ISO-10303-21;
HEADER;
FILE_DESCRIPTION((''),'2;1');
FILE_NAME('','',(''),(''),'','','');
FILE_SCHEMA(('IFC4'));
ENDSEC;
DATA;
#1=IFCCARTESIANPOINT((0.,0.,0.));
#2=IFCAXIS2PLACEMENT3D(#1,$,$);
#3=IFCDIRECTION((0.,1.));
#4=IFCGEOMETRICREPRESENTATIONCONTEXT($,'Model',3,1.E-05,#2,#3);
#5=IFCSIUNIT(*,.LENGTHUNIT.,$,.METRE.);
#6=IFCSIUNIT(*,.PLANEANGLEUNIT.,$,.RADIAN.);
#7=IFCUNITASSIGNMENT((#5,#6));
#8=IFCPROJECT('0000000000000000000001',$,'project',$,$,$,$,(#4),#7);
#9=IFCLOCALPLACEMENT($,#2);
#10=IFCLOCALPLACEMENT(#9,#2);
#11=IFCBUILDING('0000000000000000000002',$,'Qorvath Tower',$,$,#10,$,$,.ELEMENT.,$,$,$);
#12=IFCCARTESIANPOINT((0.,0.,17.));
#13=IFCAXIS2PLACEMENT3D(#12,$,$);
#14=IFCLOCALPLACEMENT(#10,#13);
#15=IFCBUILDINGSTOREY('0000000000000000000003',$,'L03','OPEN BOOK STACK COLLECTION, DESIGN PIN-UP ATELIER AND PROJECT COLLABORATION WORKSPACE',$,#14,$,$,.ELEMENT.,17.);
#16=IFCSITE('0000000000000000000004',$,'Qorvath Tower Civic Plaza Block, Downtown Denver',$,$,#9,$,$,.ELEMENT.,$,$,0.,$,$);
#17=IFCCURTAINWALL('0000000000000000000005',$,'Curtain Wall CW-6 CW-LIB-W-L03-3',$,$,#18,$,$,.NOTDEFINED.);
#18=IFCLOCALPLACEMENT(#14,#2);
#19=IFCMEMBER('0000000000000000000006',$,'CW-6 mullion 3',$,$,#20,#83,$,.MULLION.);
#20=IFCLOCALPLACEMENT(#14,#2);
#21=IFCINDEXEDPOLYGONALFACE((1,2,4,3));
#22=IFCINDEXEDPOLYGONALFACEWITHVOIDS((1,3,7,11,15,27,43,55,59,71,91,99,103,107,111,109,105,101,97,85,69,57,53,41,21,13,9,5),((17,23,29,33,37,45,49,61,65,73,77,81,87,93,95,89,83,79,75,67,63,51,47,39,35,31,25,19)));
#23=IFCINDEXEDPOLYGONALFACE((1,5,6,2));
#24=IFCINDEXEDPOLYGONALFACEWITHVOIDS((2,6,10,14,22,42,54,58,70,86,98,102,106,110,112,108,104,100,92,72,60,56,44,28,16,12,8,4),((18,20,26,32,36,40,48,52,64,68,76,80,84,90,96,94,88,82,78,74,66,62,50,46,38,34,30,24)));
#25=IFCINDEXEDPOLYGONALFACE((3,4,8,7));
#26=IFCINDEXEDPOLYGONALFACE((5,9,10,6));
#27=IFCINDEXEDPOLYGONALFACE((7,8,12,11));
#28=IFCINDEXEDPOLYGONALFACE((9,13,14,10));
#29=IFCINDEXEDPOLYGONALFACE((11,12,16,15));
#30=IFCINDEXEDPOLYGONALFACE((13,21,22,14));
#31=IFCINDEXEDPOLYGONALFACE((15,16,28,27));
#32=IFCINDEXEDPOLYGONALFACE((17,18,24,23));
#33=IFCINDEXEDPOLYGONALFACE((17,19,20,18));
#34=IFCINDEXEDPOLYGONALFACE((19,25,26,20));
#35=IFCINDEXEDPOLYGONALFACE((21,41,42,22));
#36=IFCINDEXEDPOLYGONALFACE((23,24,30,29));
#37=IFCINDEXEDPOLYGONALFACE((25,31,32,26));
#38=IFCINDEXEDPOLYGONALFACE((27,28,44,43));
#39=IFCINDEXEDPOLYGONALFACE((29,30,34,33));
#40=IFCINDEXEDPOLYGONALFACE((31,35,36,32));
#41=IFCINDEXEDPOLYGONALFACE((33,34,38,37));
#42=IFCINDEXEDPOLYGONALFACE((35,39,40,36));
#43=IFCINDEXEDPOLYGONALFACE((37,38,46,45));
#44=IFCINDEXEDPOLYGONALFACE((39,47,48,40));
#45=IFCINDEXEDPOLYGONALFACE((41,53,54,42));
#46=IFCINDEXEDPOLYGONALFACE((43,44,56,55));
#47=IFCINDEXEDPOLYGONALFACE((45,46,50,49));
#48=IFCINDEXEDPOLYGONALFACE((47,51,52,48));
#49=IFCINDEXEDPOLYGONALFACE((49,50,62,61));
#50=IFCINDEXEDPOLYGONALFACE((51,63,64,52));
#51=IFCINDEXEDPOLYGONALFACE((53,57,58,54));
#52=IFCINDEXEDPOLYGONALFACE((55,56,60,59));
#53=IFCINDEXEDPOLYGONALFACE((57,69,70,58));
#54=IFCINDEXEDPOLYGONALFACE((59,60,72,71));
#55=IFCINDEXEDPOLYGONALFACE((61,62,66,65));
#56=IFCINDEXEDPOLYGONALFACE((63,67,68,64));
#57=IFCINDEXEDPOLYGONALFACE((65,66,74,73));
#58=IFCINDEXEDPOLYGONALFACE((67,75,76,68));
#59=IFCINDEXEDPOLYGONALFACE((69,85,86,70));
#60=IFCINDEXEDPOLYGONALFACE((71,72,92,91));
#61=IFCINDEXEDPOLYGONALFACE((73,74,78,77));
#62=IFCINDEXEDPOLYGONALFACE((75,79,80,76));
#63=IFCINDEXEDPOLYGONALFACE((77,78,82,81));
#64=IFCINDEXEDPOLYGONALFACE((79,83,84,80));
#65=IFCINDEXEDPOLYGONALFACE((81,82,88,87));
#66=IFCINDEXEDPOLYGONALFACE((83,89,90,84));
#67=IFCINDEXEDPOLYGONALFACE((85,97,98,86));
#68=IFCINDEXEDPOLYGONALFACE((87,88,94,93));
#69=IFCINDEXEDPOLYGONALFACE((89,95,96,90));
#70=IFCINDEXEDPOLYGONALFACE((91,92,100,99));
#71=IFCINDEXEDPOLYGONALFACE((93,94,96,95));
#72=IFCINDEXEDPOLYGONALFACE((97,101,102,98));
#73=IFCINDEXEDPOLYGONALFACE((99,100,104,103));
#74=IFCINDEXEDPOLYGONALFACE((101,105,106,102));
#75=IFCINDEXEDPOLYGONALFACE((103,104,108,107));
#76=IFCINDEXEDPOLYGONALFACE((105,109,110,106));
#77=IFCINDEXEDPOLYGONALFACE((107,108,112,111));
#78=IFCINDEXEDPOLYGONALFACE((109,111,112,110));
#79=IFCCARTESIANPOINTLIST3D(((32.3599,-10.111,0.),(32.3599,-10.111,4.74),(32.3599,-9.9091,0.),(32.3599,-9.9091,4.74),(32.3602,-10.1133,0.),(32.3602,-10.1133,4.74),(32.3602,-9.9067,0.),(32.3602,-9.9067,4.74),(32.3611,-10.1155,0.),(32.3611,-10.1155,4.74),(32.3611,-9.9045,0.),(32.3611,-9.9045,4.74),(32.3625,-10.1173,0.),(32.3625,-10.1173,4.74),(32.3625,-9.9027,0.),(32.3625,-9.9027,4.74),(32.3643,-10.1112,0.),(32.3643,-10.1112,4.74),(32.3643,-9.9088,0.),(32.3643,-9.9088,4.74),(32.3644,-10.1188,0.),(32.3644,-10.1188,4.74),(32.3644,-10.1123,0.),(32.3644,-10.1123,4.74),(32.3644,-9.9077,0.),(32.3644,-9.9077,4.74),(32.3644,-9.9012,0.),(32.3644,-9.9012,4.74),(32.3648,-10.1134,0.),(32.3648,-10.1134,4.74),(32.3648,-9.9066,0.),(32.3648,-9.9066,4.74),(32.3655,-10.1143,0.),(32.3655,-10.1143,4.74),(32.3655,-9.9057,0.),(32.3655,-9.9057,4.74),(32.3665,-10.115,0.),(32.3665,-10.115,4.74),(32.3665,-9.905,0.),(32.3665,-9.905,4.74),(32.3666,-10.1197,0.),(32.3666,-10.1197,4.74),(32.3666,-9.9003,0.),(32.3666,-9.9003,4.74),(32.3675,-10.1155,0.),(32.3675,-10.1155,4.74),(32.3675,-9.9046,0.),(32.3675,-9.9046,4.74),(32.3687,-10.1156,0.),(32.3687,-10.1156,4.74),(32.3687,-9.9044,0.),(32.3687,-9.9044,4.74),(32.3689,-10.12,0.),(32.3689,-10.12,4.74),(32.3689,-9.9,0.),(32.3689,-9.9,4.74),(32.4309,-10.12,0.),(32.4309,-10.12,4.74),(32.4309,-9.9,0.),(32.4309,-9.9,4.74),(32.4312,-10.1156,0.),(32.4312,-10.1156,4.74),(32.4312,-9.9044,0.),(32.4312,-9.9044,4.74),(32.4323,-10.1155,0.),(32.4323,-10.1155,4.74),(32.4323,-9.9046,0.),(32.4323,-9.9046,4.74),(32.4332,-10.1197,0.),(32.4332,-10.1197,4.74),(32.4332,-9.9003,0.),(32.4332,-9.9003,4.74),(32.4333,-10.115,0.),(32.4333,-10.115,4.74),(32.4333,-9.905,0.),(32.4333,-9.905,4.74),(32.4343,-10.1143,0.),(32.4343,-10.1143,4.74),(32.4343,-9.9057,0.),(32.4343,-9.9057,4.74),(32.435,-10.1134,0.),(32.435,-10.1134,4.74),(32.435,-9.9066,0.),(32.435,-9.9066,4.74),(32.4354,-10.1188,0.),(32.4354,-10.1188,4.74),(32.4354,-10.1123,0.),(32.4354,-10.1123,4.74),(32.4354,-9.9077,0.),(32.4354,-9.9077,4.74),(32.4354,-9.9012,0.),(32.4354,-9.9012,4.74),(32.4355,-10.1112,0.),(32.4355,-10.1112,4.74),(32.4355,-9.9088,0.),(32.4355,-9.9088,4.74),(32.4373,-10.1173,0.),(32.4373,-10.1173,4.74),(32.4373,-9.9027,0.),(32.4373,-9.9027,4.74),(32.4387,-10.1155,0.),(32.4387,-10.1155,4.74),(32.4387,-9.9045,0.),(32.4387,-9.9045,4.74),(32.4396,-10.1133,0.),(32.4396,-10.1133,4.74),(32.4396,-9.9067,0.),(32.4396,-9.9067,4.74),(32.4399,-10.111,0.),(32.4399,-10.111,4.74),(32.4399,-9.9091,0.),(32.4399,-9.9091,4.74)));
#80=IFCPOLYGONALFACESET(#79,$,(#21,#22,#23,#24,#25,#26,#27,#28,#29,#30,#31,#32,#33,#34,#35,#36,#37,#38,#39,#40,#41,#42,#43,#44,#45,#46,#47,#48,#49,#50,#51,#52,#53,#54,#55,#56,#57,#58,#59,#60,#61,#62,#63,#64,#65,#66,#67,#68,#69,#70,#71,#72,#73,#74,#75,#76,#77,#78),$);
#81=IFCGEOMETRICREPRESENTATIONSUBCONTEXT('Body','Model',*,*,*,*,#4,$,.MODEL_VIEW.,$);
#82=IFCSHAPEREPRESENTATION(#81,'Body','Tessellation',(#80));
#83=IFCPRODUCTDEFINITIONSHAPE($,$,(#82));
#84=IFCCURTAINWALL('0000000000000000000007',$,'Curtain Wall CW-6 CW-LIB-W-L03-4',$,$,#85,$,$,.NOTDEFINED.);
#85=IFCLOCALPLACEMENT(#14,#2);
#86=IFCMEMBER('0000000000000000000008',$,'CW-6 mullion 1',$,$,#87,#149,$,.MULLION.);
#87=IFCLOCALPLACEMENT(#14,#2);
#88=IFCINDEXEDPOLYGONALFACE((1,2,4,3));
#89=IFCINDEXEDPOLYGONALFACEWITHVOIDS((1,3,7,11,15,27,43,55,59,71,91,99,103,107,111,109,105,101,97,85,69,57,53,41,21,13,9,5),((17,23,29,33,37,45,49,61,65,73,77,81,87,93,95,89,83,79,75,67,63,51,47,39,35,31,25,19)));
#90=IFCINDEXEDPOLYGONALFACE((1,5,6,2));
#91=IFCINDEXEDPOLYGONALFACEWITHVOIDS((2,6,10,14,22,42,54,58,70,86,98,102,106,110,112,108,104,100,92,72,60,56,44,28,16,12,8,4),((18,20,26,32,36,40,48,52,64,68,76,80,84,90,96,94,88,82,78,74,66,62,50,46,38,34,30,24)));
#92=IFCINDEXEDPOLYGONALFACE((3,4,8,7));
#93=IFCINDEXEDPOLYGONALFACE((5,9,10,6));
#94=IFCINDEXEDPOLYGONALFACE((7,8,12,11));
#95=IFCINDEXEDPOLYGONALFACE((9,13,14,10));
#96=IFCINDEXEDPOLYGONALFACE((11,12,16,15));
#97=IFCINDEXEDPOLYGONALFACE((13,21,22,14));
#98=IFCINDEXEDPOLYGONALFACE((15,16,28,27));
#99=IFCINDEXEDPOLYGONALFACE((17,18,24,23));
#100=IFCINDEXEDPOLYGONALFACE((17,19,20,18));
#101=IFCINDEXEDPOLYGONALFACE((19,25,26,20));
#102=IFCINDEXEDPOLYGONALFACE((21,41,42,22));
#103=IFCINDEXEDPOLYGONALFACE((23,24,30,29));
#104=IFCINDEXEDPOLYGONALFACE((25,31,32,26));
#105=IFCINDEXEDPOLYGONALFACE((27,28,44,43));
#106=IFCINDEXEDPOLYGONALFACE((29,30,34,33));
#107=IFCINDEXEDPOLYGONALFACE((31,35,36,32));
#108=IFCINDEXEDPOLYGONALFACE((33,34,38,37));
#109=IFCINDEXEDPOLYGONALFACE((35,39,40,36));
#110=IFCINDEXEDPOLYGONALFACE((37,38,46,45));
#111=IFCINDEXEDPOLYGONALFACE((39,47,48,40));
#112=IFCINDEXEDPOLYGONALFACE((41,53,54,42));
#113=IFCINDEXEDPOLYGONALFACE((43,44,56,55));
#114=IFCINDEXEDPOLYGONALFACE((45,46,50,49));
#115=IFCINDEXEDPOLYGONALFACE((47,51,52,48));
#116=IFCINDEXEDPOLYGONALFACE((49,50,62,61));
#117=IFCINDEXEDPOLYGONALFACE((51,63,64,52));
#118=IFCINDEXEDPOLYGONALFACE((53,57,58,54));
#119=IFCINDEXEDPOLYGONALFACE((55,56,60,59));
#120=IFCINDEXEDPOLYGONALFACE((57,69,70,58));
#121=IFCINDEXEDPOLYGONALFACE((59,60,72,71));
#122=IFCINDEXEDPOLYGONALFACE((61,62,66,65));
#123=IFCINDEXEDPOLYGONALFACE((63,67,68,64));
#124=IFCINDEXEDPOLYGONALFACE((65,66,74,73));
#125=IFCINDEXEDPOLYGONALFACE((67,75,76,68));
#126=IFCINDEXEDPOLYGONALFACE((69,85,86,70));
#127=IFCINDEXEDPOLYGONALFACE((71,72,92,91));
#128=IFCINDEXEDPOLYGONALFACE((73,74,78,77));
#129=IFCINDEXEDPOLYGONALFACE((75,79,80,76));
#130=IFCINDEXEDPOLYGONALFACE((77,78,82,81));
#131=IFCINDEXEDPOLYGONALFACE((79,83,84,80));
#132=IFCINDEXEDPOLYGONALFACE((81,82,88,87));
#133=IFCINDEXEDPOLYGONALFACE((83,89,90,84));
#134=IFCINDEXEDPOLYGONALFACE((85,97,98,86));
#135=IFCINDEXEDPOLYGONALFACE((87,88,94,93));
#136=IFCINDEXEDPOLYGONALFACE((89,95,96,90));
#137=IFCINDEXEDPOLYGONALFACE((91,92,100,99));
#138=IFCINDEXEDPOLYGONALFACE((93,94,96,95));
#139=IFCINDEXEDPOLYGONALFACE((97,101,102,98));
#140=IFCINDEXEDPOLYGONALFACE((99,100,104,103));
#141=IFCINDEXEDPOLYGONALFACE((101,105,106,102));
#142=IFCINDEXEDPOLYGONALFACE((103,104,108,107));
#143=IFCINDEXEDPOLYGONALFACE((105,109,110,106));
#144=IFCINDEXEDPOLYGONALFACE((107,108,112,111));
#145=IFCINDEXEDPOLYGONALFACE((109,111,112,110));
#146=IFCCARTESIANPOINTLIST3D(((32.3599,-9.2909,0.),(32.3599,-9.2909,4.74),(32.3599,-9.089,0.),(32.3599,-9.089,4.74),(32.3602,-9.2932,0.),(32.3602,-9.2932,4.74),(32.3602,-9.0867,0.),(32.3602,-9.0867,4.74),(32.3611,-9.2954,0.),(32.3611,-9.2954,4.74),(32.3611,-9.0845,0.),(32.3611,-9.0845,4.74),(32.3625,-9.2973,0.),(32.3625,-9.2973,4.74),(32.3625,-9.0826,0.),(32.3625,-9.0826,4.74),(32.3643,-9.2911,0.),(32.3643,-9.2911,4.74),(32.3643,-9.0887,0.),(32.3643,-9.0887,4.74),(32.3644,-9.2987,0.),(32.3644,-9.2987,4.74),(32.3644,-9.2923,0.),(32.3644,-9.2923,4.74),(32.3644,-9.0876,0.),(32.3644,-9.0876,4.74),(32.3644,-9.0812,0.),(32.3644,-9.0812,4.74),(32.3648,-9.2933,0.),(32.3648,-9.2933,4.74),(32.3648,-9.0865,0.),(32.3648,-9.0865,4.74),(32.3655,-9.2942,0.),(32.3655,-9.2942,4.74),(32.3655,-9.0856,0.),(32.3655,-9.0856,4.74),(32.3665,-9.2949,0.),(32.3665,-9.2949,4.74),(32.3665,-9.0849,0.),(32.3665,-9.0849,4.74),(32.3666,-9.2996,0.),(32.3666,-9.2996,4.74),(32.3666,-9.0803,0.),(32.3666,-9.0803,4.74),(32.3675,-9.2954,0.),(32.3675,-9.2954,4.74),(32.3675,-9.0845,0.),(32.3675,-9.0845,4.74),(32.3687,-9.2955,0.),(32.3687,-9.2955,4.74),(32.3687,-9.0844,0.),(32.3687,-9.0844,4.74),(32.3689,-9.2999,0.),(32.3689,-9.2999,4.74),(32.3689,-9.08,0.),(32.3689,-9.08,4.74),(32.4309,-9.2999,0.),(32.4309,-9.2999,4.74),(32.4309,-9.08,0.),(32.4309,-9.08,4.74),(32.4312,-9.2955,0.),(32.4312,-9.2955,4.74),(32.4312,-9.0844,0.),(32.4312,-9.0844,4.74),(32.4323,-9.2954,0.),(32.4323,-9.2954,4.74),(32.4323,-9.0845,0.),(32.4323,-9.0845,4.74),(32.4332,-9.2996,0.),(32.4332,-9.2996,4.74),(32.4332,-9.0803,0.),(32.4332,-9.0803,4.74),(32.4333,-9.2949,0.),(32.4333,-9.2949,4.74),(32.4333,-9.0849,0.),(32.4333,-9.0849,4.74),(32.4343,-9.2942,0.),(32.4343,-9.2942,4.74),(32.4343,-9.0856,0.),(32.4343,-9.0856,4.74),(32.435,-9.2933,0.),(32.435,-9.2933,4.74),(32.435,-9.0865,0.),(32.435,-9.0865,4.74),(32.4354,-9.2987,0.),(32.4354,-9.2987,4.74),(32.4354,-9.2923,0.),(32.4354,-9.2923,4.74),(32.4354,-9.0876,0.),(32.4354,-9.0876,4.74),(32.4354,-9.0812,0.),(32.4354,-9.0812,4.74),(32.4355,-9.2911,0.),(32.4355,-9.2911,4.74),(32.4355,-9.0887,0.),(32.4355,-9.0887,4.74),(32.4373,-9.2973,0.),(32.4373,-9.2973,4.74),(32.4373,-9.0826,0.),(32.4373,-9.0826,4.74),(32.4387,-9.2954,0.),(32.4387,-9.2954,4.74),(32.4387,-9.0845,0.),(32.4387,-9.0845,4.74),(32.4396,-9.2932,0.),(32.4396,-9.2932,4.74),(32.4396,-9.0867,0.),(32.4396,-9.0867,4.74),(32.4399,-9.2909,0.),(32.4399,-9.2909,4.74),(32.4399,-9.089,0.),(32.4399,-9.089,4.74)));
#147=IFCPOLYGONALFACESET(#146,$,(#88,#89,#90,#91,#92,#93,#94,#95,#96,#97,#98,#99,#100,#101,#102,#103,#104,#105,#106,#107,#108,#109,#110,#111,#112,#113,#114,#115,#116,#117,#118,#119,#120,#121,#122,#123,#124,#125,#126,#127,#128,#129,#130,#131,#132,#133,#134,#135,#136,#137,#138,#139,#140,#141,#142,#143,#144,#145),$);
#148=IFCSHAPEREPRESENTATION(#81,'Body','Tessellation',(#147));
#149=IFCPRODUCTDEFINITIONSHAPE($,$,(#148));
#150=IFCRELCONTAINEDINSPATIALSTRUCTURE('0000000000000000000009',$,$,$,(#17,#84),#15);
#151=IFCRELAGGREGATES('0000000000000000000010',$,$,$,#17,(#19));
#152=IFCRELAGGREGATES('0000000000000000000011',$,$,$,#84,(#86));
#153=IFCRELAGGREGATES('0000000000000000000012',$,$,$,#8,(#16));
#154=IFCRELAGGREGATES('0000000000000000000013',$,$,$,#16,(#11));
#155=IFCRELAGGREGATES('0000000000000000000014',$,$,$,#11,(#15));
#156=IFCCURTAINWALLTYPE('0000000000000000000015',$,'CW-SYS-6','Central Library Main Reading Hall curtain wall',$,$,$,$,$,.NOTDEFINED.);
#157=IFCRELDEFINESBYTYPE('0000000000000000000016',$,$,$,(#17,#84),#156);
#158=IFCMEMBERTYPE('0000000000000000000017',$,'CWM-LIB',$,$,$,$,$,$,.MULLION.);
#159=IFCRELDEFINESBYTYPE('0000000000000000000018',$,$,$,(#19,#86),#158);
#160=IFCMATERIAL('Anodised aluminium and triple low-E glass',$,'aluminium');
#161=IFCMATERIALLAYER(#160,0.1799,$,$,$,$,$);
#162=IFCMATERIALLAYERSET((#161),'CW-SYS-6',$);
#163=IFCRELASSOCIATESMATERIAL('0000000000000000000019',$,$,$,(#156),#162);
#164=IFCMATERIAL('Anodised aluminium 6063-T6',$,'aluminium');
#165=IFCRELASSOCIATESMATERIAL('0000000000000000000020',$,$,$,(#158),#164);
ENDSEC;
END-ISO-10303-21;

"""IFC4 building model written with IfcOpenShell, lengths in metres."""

from ifc_helpers import new_model, si_unit, direction, frame, origin, origin_2d, place, context, subcontext, project, spatial, hollow_rectangle, extrude, material, layer, layer_set, material_profile, profile_set, type_object, element, aggregate, save


model = new_model("IFC4")

# Units and contexts
model_context = context("Model", 3, precision=1e-05, world=origin(), true_north=direction((0.0, 1.0)))
body_context = subcontext(model_context, "Body", "Model", "MODEL_VIEW")
ifc_project = project(units=[si_unit("LENGTHUNIT", "METRE"), si_unit("PLANEANGLEUNIT", "RADIAN")], contexts=[model_context])

# Site, building, storey
site_placement = place(None, origin())
site = spatial("IfcSite", under=ifc_project, at=site_placement, Name="Qorvath Tower Civic Plaza Block, Downtown Denver", CompositionType="ELEMENT", RefElevation=0.0)
building_placement = place(site_placement, origin())
building = spatial("IfcBuilding", under=site, at=building_placement, Name="Qorvath Tower", CompositionType="ELEMENT")
storey_placement = place(building_placement, frame((0.0, 0.0, 17.0)))
storey = spatial("IfcBuildingStorey", under=building, at=storey_placement, Name="L03", Description="OPEN BOOK STACK COLLECTION, DESIGN PIN-UP ATELIER AND PROJECT COLLABORATION WORKSPACE", CompositionType="ELEMENT", Elevation=17.0)

# Curtain wall, member
ifc_material_1 = material(Name="Anodised aluminium and triple low-E glass", Category="aluminium")
ifc_layer_1 = layer(ifc_material_1, 0.1799)
ifc_layer_set_1 = layer_set([ifc_layer_1], Name="CW-SYS-6")
curtain_wall_type = type_object("IfcCurtainWallType", Name="CW-SYS-6", Description="Central Library Main Reading Hall curtain wall", PredefinedType="NOTDEFINED", material=ifc_layer_set_1)
curtain_wall_1_placement = place(storey_placement, origin())
curtain_wall_1 = element("IfcCurtainWall", 1, at=curtain_wall_1_placement, inside=storey, type_object=curtain_wall_type, Name="Curtain Wall CW-6 CW-LIB-W-L03-3", PredefinedType="NOTDEFINED")
ifc_material_2 = material(Name="Anodised aluminium 6063-T6", Category="aluminium")
ifc_material_profile_1 = material_profile(ifc_material_2, hollow_rectangle(XDim=0.0801, YDim=0.22, WallThickness=0.0044, InnerFilletRadius=0.0044, OuterFilletRadius=0.009, at=origin_2d()), Name="CWM LIB 220x80")
ifc_profile_set_1 = profile_set([ifc_material_profile_1], Name="Anodised aluminium 6063-T6")
member_type_1 = type_object("IfcMemberType", Name="CWM-LIB", PredefinedType="MULLION", material=ifc_profile_set_1)
member_1_placement = place(storey_placement, frame((32.3999, -10.01, 0.0), z_axis=(0.0, 0.0, 1.0), x_axis=(-1.0, 0.0, 0.0)))
member_1 = element("IfcMember", 2, at=member_1_placement, type_object=member_type_1, Name="CW-6 mullion 3", PredefinedType="MULLION", context=body_context, shape_type="SweptSolid", body=[
    extrude(hollow_rectangle(XDim=0.0801, YDim=0.22, WallThickness=0.0044, InnerFilletRadius=0.0044, OuterFilletRadius=0.009, at=origin_2d()), origin(), (0.0, 0.0, 1.0), 4.74),
])

# Curtain wall, member
curtain_wall_2_placement = place(storey_placement, origin())
curtain_wall_2 = element("IfcCurtainWall", 3, at=curtain_wall_2_placement, inside=storey, type_object=curtain_wall_type, Name="Curtain Wall CW-6 CW-LIB-W-L03-4", PredefinedType="NOTDEFINED")
member_2_placement = place(storey_placement, frame((32.3999, -9.1899, 0.0), z_axis=(0.0, 0.0, 1.0), x_axis=(-1.0, 0.0, 0.0)))
member_2 = element("IfcMember", 4, at=member_2_placement, type_object=member_type_1, Name="CW-6 mullion 1", PredefinedType="MULLION", context=body_context, shape_type="SweptSolid", body=[
    extrude(hollow_rectangle(XDim=0.0801, YDim=0.22, WallThickness=0.0044, InnerFilletRadius=0.0044, OuterFilletRadius=0.009, at=origin_2d()), origin(), (0.0, 0.0, 1.0), 4.74),
])

aggregate(curtain_wall_1, [member_1])
aggregate(curtain_wall_2, [member_2])

save(model, "model.ifc")
